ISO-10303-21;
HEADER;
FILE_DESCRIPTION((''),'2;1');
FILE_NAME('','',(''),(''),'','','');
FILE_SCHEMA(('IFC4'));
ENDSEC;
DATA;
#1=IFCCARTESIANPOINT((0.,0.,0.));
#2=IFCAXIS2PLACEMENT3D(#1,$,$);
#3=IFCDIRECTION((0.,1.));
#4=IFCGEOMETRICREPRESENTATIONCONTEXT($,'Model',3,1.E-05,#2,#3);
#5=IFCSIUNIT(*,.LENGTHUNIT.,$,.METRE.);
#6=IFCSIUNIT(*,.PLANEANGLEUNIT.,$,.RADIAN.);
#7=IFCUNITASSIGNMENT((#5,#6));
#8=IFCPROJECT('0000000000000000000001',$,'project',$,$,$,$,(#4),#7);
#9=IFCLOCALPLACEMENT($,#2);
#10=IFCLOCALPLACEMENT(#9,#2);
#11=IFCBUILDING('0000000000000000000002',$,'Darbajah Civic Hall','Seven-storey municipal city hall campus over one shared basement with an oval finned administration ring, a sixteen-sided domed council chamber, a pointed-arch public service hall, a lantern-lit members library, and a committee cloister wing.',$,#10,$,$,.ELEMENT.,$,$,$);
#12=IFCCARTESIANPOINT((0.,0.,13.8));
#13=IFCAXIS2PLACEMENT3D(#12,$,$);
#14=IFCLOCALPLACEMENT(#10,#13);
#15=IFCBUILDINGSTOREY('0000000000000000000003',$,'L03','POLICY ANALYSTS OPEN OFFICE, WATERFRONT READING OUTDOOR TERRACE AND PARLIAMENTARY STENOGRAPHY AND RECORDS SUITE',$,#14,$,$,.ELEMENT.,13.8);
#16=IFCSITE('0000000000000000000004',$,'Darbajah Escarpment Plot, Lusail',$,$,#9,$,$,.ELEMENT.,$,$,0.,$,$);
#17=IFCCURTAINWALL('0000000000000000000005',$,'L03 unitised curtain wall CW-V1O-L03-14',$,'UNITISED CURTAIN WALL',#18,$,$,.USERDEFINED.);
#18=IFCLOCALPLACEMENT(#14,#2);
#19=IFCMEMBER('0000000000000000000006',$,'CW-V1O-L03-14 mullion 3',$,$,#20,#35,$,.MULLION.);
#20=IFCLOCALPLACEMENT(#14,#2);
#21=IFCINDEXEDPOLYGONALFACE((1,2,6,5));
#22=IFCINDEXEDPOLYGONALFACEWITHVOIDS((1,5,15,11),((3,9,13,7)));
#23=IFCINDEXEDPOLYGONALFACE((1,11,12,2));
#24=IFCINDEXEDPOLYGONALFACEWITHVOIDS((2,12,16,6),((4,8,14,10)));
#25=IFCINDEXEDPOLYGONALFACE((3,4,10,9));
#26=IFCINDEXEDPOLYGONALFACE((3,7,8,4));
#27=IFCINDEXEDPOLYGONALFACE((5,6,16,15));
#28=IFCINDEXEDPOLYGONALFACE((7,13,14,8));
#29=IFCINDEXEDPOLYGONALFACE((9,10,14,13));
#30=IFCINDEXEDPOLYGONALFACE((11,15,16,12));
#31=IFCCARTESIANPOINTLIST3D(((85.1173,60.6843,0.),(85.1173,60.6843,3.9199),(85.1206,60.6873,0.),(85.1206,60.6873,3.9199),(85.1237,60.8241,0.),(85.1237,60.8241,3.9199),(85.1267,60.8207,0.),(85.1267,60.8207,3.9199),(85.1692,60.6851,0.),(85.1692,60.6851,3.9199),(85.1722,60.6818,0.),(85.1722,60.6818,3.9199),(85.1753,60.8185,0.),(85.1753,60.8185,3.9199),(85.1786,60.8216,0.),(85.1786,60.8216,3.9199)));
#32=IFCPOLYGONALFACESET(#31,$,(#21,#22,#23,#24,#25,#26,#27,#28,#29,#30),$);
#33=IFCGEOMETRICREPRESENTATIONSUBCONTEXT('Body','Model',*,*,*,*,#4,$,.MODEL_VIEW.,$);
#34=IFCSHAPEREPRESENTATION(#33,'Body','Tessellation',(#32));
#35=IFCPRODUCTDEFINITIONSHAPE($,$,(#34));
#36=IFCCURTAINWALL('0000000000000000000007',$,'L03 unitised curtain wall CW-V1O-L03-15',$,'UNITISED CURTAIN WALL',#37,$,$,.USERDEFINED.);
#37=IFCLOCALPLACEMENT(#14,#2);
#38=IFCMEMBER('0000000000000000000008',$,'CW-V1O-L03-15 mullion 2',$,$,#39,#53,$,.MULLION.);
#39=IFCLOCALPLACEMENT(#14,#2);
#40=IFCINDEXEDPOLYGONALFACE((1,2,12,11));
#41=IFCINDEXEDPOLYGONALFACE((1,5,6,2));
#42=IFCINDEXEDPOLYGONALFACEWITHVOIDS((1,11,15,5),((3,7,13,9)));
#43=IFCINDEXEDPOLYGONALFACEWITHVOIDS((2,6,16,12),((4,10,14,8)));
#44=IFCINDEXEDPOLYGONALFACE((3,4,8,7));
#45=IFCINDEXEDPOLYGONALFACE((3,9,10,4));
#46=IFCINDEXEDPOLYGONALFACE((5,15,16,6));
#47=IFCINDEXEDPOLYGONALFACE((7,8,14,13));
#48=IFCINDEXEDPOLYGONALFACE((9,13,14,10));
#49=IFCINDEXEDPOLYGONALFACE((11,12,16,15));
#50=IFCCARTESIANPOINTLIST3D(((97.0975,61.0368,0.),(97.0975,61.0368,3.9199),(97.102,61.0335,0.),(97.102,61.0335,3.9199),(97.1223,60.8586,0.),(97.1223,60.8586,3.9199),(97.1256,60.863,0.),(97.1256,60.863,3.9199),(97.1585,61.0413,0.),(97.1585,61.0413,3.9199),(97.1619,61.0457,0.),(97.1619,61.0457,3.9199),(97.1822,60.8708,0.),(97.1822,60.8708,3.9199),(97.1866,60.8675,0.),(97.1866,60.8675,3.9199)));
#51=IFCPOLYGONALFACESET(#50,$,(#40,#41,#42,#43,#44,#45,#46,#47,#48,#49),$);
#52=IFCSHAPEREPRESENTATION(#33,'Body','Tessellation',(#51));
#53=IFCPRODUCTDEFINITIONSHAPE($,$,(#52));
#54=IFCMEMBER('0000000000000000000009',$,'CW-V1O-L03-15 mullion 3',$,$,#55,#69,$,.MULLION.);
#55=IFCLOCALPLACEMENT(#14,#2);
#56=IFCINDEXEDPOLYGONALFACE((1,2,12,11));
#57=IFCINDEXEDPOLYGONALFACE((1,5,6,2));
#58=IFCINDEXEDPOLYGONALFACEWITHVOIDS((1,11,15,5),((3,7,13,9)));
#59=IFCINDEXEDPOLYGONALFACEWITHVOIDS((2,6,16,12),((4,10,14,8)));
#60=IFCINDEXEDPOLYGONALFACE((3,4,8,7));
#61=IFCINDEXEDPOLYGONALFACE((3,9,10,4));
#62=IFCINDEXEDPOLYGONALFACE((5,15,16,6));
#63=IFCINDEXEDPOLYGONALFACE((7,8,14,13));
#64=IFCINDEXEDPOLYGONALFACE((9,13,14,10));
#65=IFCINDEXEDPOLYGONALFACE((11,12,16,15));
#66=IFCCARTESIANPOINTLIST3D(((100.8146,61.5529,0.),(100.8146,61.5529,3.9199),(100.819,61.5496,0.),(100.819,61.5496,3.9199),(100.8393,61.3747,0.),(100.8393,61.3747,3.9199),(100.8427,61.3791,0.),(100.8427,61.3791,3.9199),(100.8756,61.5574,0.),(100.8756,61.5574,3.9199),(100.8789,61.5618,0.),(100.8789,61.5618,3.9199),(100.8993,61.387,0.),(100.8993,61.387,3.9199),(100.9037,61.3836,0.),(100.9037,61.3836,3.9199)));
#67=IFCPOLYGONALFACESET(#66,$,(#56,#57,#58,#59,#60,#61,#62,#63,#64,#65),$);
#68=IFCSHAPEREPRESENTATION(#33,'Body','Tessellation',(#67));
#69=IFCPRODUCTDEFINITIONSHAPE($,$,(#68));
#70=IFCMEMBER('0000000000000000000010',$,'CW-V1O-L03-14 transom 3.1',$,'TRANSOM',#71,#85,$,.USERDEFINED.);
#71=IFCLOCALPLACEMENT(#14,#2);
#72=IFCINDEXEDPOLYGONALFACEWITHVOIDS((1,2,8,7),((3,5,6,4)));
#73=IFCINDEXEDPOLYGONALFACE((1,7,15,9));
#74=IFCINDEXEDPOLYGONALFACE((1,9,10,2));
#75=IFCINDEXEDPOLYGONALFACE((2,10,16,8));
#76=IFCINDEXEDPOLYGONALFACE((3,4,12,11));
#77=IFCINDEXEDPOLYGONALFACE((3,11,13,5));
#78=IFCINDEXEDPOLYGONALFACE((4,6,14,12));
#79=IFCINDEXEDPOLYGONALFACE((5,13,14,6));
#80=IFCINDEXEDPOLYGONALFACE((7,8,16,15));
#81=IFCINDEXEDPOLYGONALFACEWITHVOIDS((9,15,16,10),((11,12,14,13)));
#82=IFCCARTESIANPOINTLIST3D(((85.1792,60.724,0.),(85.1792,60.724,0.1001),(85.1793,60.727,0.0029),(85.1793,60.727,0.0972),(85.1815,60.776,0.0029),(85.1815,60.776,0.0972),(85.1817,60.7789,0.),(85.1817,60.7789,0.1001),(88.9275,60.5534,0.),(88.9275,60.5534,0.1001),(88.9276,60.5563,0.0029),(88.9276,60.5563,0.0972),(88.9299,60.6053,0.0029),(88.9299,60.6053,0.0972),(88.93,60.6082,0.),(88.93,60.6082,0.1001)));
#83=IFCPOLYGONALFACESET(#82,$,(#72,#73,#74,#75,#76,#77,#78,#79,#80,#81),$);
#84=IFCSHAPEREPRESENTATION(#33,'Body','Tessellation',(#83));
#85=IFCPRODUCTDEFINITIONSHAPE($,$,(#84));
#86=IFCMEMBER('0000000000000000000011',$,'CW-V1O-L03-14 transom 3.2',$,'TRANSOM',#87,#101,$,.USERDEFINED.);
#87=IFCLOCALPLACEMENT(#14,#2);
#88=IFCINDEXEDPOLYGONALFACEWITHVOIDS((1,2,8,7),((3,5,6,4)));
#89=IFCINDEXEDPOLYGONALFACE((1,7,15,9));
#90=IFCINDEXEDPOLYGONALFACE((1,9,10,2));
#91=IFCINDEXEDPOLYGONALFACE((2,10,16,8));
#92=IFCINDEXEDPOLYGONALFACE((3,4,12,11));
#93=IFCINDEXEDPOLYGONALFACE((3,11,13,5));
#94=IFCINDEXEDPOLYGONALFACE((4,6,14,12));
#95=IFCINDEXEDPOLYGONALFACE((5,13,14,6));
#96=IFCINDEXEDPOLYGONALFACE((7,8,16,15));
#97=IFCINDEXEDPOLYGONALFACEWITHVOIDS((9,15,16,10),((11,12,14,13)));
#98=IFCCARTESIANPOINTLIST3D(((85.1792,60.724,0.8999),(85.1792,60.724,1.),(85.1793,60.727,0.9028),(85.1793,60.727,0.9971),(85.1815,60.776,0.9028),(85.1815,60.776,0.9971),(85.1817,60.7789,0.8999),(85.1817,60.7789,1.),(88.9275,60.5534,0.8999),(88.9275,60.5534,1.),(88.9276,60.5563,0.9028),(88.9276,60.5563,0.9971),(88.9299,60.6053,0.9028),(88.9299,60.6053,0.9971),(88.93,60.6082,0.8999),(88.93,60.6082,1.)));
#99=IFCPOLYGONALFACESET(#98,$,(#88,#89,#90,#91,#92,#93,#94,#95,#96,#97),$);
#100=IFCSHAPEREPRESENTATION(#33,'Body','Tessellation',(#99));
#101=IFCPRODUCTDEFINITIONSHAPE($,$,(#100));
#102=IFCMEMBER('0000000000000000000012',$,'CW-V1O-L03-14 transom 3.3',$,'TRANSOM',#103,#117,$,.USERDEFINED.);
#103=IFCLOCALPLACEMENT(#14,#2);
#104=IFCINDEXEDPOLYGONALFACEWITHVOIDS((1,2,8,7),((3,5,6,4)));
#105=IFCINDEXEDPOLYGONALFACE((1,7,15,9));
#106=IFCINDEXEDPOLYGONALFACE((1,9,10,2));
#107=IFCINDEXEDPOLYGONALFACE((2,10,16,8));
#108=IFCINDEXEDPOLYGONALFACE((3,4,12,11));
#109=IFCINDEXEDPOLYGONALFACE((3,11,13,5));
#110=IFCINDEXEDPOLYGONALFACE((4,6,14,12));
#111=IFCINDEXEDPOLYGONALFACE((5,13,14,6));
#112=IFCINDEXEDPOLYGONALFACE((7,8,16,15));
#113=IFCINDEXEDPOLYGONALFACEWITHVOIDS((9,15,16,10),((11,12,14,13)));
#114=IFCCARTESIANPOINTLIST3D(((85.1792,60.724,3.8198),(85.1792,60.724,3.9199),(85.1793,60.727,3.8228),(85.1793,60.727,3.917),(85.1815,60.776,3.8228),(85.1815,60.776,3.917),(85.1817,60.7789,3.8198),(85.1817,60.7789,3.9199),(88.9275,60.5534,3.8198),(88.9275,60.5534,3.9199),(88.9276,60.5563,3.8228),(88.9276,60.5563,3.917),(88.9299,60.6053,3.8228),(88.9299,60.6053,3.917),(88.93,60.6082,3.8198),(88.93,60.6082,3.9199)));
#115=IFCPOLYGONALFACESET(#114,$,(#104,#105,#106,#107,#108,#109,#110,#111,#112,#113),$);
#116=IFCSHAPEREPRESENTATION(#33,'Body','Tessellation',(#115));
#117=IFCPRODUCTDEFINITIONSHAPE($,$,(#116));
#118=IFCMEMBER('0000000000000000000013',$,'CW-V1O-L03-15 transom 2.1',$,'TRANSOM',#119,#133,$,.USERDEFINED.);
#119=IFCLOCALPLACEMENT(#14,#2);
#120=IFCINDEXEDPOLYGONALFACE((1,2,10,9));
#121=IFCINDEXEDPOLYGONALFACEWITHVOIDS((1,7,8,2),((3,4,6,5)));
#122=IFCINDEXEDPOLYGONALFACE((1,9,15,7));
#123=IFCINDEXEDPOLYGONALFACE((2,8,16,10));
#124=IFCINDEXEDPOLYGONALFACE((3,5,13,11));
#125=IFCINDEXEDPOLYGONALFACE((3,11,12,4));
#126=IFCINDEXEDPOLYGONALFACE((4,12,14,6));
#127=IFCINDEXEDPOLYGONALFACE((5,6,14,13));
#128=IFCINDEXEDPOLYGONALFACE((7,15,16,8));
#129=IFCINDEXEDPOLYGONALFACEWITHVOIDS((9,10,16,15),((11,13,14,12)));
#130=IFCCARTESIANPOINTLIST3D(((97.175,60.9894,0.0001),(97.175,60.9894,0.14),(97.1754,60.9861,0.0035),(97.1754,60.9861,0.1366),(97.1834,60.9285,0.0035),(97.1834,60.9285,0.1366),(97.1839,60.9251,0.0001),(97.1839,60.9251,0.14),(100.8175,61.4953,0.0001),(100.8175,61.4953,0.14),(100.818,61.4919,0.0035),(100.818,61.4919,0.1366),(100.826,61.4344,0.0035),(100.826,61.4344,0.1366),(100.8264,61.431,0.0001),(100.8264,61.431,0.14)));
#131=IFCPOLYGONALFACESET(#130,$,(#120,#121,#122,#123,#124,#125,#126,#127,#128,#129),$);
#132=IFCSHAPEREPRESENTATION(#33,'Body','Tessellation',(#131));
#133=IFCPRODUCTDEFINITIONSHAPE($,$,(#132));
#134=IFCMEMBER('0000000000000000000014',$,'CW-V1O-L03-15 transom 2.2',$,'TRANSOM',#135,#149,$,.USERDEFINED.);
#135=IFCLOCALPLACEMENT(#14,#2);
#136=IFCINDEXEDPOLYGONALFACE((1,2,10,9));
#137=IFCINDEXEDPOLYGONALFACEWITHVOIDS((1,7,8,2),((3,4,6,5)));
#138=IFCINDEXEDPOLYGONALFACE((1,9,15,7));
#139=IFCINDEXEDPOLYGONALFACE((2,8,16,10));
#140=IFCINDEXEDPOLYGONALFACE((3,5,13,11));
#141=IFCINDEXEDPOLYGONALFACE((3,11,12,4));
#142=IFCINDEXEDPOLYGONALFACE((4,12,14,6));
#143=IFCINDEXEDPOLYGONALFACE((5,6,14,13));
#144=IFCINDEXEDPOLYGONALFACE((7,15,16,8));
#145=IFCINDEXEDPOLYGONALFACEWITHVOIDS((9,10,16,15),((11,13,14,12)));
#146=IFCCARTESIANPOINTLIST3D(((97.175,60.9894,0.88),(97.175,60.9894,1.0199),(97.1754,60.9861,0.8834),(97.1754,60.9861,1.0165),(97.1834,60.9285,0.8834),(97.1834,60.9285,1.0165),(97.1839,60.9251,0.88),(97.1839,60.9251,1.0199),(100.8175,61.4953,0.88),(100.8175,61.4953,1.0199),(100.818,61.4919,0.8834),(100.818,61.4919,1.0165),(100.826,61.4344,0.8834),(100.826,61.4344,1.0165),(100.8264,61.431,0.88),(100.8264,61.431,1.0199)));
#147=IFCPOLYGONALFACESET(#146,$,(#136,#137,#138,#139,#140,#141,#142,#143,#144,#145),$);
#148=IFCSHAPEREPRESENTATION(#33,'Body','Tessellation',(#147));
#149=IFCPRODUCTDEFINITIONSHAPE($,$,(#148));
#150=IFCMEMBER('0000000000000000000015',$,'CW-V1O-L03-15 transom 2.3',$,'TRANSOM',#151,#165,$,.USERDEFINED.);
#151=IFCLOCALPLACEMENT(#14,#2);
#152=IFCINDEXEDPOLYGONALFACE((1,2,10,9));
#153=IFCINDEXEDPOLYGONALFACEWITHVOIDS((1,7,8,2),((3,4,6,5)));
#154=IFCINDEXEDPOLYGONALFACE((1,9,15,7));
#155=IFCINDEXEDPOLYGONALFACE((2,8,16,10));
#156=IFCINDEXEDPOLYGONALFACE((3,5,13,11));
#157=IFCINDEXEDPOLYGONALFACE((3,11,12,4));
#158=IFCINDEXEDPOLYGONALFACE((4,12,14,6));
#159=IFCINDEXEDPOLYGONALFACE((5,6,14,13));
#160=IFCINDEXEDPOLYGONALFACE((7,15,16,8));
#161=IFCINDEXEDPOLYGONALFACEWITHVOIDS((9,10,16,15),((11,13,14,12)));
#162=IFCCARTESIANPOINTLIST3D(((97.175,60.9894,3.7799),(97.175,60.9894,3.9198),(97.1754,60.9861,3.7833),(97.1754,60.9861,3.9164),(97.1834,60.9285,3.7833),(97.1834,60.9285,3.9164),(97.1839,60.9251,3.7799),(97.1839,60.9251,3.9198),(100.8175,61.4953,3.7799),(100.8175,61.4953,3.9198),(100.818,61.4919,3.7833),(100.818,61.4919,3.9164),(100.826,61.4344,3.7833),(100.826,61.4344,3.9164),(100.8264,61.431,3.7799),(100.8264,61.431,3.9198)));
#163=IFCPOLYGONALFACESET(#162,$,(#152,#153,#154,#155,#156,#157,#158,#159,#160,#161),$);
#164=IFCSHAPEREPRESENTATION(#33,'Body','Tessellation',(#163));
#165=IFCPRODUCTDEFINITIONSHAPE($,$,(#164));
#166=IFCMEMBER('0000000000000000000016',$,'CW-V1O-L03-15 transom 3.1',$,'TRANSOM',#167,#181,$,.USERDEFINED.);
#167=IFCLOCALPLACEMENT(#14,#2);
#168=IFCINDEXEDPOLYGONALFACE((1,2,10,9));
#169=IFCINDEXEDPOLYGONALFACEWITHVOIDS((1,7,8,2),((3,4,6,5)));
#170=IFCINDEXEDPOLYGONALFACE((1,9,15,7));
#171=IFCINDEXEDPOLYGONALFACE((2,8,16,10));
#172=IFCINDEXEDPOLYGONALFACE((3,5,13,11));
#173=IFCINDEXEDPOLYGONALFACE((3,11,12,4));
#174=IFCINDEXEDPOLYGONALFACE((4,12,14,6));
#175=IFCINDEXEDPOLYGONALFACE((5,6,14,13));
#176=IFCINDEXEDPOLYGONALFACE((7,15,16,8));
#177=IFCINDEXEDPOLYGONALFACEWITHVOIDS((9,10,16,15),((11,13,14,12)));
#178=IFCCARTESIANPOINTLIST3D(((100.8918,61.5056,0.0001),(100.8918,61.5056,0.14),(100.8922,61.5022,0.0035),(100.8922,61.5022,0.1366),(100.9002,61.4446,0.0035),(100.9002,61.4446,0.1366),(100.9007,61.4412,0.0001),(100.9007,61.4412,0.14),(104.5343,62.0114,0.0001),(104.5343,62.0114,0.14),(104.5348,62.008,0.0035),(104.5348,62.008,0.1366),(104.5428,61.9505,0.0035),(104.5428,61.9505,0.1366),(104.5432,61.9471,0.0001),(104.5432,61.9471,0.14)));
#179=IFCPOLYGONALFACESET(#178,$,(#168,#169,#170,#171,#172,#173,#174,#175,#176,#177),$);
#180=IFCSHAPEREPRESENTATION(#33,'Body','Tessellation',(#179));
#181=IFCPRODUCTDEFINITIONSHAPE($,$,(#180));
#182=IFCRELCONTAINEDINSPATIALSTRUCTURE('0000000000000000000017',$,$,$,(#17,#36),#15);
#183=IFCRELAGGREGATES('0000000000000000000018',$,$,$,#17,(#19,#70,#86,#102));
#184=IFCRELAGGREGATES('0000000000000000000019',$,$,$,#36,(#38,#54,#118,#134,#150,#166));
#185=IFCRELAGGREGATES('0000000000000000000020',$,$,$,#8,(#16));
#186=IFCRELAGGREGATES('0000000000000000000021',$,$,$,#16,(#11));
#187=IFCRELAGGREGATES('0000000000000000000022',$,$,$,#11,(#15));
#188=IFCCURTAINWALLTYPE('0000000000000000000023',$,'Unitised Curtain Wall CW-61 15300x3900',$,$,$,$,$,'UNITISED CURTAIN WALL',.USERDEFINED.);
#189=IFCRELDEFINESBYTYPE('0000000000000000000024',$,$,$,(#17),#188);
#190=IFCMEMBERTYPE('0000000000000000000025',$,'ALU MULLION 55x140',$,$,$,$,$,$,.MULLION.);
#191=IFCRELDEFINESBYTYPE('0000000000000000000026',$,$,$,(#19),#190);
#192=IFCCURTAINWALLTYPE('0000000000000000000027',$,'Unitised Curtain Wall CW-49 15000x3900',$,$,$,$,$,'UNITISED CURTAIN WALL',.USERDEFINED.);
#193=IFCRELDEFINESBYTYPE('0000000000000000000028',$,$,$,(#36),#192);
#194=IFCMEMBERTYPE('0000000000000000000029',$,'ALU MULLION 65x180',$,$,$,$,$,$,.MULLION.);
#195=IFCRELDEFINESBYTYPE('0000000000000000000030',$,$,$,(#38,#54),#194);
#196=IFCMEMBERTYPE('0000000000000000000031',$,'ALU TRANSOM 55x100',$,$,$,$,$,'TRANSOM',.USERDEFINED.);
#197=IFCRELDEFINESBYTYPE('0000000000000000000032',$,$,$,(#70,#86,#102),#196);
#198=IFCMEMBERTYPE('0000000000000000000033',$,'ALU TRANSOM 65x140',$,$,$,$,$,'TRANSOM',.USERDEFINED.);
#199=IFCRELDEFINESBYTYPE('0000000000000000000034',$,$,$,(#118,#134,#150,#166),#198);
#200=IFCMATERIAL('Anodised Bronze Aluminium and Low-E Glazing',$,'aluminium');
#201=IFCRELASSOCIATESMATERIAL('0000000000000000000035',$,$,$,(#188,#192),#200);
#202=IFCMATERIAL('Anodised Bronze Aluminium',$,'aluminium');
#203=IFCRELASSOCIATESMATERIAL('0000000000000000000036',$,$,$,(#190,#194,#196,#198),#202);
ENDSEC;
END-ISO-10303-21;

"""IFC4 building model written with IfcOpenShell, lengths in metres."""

from ifc_helpers import new_model, si_unit, direction, frame, origin, origin_2d, place, context, subcontext, project, spatial, hollow_rectangle, extrude, material, material_profile, profile_set, type_object, element, aggregate, save


model = new_model("IFC4")

# Units and contexts
model_context = context("Model", 3, precision=1e-05, world=origin(), true_north=direction((0.0, 1.0)))
body_context = subcontext(model_context, "Body", "Model", "MODEL_VIEW")
ifc_project = project(units=[si_unit("LENGTHUNIT", "METRE"), si_unit("PLANEANGLEUNIT", "RADIAN")], contexts=[model_context])

# Site, building, storey
site_placement = place(None, origin())
site = spatial("IfcSite", under=ifc_project, at=site_placement, Name="Darbajah Escarpment Plot, Lusail", CompositionType="ELEMENT", RefElevation=0.0)
building_placement = place(site_placement, origin())
building = spatial("IfcBuilding", under=site, at=building_placement, Name="Darbajah Civic Hall", Description="Seven-storey municipal city hall campus over one shared basement with an oval finned administration ring, a sixteen-sided domed council chamber, a pointed-arch public service hall, a lantern-lit members library, and a committee cloister wing.", CompositionType="ELEMENT")
storey_placement = place(building_placement, frame((0.0, 0.0, 13.8)))
storey = spatial("IfcBuildingStorey", under=building, at=storey_placement, Name="L03", Description="POLICY ANALYSTS OPEN OFFICE, WATERFRONT READING OUTDOOR TERRACE AND PARLIAMENTARY STENOGRAPHY AND RECORDS SUITE", CompositionType="ELEMENT", Elevation=13.8)

# Curtain wall, member
ifc_material_1 = material(Name="Anodised Bronze Aluminium and Low-E Glazing", Category="aluminium")
curtain_wall_type_1 = type_object("IfcCurtainWallType", Name="Unitised Curtain Wall CW-61 15300x3900", ElementType="UNITISED CURTAIN WALL", PredefinedType="USERDEFINED", material=ifc_material_1)
curtain_wall_1_placement = place(storey_placement, origin())
curtain_wall_1 = element("IfcCurtainWall", 1, at=curtain_wall_1_placement, inside=storey, type_object=curtain_wall_type_1, Name="L03 unitised curtain wall CW-V1O-L03-14", ObjectType="UNITISED CURTAIN WALL", PredefinedType="USERDEFINED")
ifc_material_2 = material(Name="Anodised Bronze Aluminium", Category="aluminium")
ifc_material_profile_1 = material_profile(ifc_material_2, hollow_rectangle(XDim=0.0549, YDim=0.1399, WallThickness=0.0032, at=origin_2d()), Name="ALU MULLION 55x140")
ifc_profile_set_1 = profile_set([ifc_material_profile_1], Name="Anodised Bronze Aluminium")
member_type_1 = type_object("IfcMemberType", Name="ALU MULLION 55x140", PredefinedType="MULLION", material=ifc_profile_set_1)
member_1_placement = place(storey_placement, frame((85.1479, 60.7529, 0.0), z_axis=(0.0, 0.0, 1.0), x_axis=(0.998963, -0.045537, 0.0)))
member_1 = element("IfcMember", 2, at=member_1_placement, type_object=member_type_1, Name="CW-V1O-L03-14 mullion 3", PredefinedType="MULLION", context=body_context, shape_type="SweptSolid", body=[
    extrude(hollow_rectangle(XDim=0.0549, YDim=0.1399, WallThickness=0.0032, at=origin_2d()), origin(), (0.0, 0.0, 1.0), 3.9199),
])

# Curtain wall, members
curtain_wall_type_2 = type_object("IfcCurtainWallType", Name="Unitised Curtain Wall CW-49 15000x3900", ElementType="UNITISED CURTAIN WALL", PredefinedType="USERDEFINED", material=ifc_material_1)
curtain_wall_2_placement = place(storey_placement, origin())
curtain_wall_2 = element("IfcCurtainWall", 3, at=curtain_wall_2_placement, inside=storey, type_object=curtain_wall_type_2, Name="L03 unitised curtain wall CW-V1O-L03-15", ObjectType="UNITISED CURTAIN WALL", PredefinedType="USERDEFINED")
ifc_material_profile_2 = material_profile(ifc_material_2, hollow_rectangle(XDim=0.0649, YDim=0.1799, WallThickness=0.0039, at=origin_2d()), Name="ALU MULLION 65x180")
ifc_profile_set_2 = profile_set([ifc_material_profile_2], Name="Anodised Bronze Aluminium")
member_type_2 = type_object("IfcMemberType", Name="ALU MULLION 65x180", PredefinedType="MULLION", material=ifc_profile_set_2)
member_2_placement = place(storey_placement, frame((97.1421, 60.9521, 0.0), z_axis=(0.0, 0.0, 1.0), x_axis=(0.990485, 0.137617, 0.0)))
member_2 = element("IfcMember", 4, at=member_2_placement, type_object=member_type_2, Name="CW-V1O-L03-15 mullion 2", PredefinedType="MULLION", context=body_context, shape_type="SweptSolid", body=[
    extrude(hollow_rectangle(XDim=0.0649, YDim=0.1799, WallThickness=0.0039, at=origin_2d()), origin(), (0.0, 0.0, 1.0), 3.9199),
])
member_3_placement = place(storey_placement, frame((100.8591, 61.4683, 0.0), z_axis=(0.0, 0.0, 1.0), x_axis=(0.990485, 0.137617, 0.0)))
member_3 = element("IfcMember", 5, at=member_3_placement, type_object=member_type_2, Name="CW-V1O-L03-15 mullion 3", PredefinedType="MULLION", context=body_context, shape_type="SweptSolid", body=[
    extrude(hollow_rectangle(XDim=0.0649, YDim=0.1799, WallThickness=0.0039, at=origin_2d()), origin(), (0.0, 0.0, 1.0), 3.9199),
])

# Members
ifc_material_profile_3 = material_profile(ifc_material_2, hollow_rectangle(XDim=0.0549, YDim=0.1001, WallThickness=0.0029, at=origin_2d()), Name="ALU TRANSOM 55x100")
ifc_profile_set_3 = profile_set([ifc_material_profile_3], Name="Anodised Bronze Aluminium")
member_type_3 = type_object("IfcMemberType", Name="ALU TRANSOM 55x100", ElementType="TRANSOM", PredefinedType="USERDEFINED", material=ifc_profile_set_3)
member_4_placement = place(storey_placement, frame((85.1804, 60.7515, 0.05), z_axis=(0.998965, -0.045481, 0.0), x_axis=(0.045481, 0.998965, 0.0)))
member_4 = element("IfcMember", 6, at=member_4_placement, type_object=member_type_3, Name="CW-V1O-L03-14 transom 3.1", ObjectType="TRANSOM", PredefinedType="USERDEFINED", context=body_context, shape_type="SweptSolid", body=[
    extrude(hollow_rectangle(XDim=0.0549, YDim=0.1001, WallThickness=0.0029, at=origin_2d()), origin(), (0.0, 0.0, 1.0), 3.7522),
])
member_5_placement = place(storey_placement, frame((85.1804, 60.7515, 0.95), z_axis=(0.998965, -0.045481, 0.0), x_axis=(0.045481, 0.998965, 0.0)))
member_5 = element("IfcMember", 7, at=member_5_placement, type_object=member_type_3, Name="CW-V1O-L03-14 transom 3.2", ObjectType="TRANSOM", PredefinedType="USERDEFINED", context=body_context, shape_type="SweptSolid", body=[
    extrude(hollow_rectangle(XDim=0.0549, YDim=0.1001, WallThickness=0.0029, at=origin_2d()), origin(), (0.0, 0.0, 1.0), 3.7522),
])
member_6_placement = place(storey_placement, frame((85.1804, 60.7515, 3.8699), z_axis=(0.998965, -0.045481, 0.0), x_axis=(0.045481, 0.998965, 0.0)))
member_6 = element("IfcMember", 8, at=member_6_placement, type_object=member_type_3, Name="CW-V1O-L03-14 transom 3.3", ObjectType="TRANSOM", PredefinedType="USERDEFINED", context=body_context, shape_type="SweptSolid", body=[
    extrude(hollow_rectangle(XDim=0.0549, YDim=0.1001, WallThickness=0.0029, at=origin_2d()), origin(), (0.0, 0.0, 1.0), 3.7522),
])
ifc_material_profile_4 = material_profile(ifc_material_2, hollow_rectangle(XDim=0.0649, YDim=0.1399, WallThickness=0.0034, at=origin_2d()), Name="ALU TRANSOM 65x140")
ifc_profile_set_4 = profile_set([ifc_material_profile_4], Name="Anodised Bronze Aluminium")
member_type_4 = type_object("IfcMemberType", Name="ALU TRANSOM 65x140", ElementType="TRANSOM", PredefinedType="USERDEFINED", material=ifc_profile_set_4)
member_7_placement = place(storey_placement, frame((97.1794, 60.9573, 0.0701), z_axis=(0.990494, 0.137554, 0.0), x_axis=(-0.137554, 0.990494, 0.0)))
member_7 = element("IfcMember", 9, at=member_7_placement, type_object=member_type_4, Name="CW-V1O-L03-15 transom 2.1", ObjectType="TRANSOM", PredefinedType="USERDEFINED", context=body_context, shape_type="SweptSolid", body=[
    extrude(hollow_rectangle(XDim=0.0649, YDim=0.1399, WallThickness=0.0034, at=origin_2d()), origin(), (0.0, 0.0, 1.0), 3.6775),
])
member_8_placement = place(storey_placement, frame((97.1794, 60.9573, 0.95), z_axis=(0.990494, 0.137554, 0.0), x_axis=(-0.137554, 0.990494, 0.0)))
member_8 = element("IfcMember", 10, at=member_8_placement, type_object=member_type_4, Name="CW-V1O-L03-15 transom 2.2", ObjectType="TRANSOM", PredefinedType="USERDEFINED", context=body_context, shape_type="SweptSolid", body=[
    extrude(hollow_rectangle(XDim=0.0649, YDim=0.1399, WallThickness=0.0034, at=origin_2d()), origin(), (0.0, 0.0, 1.0), 3.6775),
])
member_9_placement = place(storey_placement, frame((97.1794, 60.9573, 3.8499), z_axis=(0.990494, 0.137554, 0.0), x_axis=(-0.137554, 0.990494, 0.0)))
member_9 = element("IfcMember", 11, at=member_9_placement, type_object=member_type_4, Name="CW-V1O-L03-15 transom 2.3", ObjectType="TRANSOM", PredefinedType="USERDEFINED", context=body_context, shape_type="SweptSolid", body=[
    extrude(hollow_rectangle(XDim=0.0649, YDim=0.1399, WallThickness=0.0034, at=origin_2d()), origin(), (0.0, 0.0, 1.0), 3.6775),
])
member_10_placement = place(storey_placement, frame((100.8962, 61.4734, 0.0701), z_axis=(0.990494, 0.137554, 0.0), x_axis=(-0.137554, 0.990494, 0.0)))
member_10 = element("IfcMember", 12, at=member_10_placement, type_object=member_type_4, Name="CW-V1O-L03-15 transom 3.1", ObjectType="TRANSOM", PredefinedType="USERDEFINED", context=body_context, shape_type="SweptSolid", body=[
    extrude(hollow_rectangle(XDim=0.0649, YDim=0.1399, WallThickness=0.0034, at=origin_2d()), origin(), (0.0, 0.0, 1.0), 3.6775),
])

aggregate(curtain_wall_1, [member_1, member_4, member_5, member_6])
aggregate(curtain_wall_2, [member_2, member_3, member_7, member_8, member_9, member_10])

save(model, "model.ifc")
